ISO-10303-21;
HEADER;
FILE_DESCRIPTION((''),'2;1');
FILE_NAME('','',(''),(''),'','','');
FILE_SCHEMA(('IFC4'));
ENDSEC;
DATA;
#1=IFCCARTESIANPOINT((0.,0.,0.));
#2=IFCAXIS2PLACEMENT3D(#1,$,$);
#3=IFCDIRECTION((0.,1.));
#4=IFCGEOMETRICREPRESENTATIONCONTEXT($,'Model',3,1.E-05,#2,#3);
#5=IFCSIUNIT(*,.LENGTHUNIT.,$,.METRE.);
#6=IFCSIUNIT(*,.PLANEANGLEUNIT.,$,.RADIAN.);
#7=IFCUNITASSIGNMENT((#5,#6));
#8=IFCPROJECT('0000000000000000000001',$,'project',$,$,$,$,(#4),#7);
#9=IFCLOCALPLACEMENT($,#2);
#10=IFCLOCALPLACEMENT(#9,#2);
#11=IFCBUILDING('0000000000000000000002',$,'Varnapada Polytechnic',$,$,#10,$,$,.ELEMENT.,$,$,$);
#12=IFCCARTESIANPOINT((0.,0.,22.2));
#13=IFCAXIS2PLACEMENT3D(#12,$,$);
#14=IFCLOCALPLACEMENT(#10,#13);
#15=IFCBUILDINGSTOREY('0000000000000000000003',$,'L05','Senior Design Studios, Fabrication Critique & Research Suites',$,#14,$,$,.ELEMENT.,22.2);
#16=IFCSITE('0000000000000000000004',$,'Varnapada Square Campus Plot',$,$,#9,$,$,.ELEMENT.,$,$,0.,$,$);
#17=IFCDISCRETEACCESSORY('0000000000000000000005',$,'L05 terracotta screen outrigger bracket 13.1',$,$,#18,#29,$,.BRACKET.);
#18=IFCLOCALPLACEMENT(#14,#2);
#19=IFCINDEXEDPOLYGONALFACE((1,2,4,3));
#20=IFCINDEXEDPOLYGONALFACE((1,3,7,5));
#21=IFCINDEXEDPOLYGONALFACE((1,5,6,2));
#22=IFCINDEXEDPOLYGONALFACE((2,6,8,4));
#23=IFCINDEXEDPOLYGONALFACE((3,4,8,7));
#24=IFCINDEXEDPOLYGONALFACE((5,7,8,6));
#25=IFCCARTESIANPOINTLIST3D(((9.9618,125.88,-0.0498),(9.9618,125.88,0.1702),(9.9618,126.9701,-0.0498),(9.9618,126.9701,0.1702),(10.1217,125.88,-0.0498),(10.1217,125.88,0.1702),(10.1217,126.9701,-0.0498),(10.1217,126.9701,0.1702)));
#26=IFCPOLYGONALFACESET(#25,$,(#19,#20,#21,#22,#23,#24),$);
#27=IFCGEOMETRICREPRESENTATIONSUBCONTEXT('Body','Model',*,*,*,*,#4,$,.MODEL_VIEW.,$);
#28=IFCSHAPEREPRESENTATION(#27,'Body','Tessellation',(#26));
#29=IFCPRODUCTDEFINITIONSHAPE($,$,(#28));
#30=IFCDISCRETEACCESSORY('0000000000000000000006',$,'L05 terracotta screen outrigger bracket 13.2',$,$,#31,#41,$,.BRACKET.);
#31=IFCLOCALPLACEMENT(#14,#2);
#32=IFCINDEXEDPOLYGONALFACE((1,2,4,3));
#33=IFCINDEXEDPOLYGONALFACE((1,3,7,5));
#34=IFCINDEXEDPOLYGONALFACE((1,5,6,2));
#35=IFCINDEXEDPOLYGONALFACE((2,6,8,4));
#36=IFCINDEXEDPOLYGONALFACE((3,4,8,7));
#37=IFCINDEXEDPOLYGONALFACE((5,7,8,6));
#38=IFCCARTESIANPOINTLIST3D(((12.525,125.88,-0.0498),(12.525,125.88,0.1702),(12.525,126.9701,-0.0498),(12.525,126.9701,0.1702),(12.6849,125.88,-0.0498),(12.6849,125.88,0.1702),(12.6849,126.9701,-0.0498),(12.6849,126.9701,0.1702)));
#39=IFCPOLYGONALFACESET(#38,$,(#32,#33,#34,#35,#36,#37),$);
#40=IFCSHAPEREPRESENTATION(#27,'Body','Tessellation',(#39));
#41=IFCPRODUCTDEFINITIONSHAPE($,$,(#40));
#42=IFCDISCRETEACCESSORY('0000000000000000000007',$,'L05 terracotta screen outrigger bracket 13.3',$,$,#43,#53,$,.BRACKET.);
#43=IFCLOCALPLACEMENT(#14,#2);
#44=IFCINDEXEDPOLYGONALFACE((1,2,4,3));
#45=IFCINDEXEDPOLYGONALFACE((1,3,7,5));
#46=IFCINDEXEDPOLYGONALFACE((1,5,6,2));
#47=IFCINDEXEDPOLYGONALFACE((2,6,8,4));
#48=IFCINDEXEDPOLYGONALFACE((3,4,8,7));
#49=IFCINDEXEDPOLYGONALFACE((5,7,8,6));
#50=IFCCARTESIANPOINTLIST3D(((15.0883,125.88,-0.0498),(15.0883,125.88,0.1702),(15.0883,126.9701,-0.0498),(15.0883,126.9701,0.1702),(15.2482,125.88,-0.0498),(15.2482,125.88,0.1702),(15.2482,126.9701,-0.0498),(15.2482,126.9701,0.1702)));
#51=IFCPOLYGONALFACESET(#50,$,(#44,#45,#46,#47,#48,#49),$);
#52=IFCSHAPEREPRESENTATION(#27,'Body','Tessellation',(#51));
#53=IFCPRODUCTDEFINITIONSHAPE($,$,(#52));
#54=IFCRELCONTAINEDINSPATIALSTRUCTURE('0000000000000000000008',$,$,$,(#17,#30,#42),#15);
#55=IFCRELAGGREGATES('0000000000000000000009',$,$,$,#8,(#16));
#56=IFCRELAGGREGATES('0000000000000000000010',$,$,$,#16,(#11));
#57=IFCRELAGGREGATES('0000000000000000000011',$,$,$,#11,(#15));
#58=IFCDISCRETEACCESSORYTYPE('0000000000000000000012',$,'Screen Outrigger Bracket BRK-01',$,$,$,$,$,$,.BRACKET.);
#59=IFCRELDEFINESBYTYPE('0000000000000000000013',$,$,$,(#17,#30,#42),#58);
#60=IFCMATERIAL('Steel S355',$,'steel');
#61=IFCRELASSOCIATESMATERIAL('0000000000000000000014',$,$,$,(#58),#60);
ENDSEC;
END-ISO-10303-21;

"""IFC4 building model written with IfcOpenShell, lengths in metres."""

from ifc_helpers import new_model, si_unit, direction, frame, origin, origin_2d, place, context, subcontext, project, spatial, rectangle, extrude, material, type_object, element, save


model = new_model("IFC4")

# Units and contexts
model_context = context("Model", 3, precision=1e-05, world=origin(), true_north=direction((0.0, 1.0)))
body_context = subcontext(model_context, "Body", "Model", "MODEL_VIEW")
ifc_project = project(units=[si_unit("LENGTHUNIT", "METRE"), si_unit("PLANEANGLEUNIT", "RADIAN")], contexts=[model_context])

# Site, building, storey
site_placement = place(None, origin())
site = spatial("IfcSite", under=ifc_project, at=site_placement, Name="Varnapada Square Campus Plot", CompositionType="ELEMENT", RefElevation=0.0)
building_placement = place(site_placement, origin())
building = spatial("IfcBuilding", under=site, at=building_placement, Name="Varnapada Polytechnic", CompositionType="ELEMENT")
storey_placement = place(building_placement, frame((0.0, 0.0, 22.2)))
storey = spatial("IfcBuildingStorey", under=building, at=storey_placement, Name="L05", Description="Senior Design Studios, Fabrication Critique & Research Suites", CompositionType="ELEMENT", Elevation=22.2)

# Discrete accessories
ifc_material_1 = material(Name="Steel S355", Category="steel")
discrete_accessory_type = type_object("IfcDiscreteAccessoryType", Name="Screen Outrigger Bracket BRK-01", PredefinedType="BRACKET", material=ifc_material_1)
for number, where, z_axis, x_axis, name in (
    (1, (10.0417, 126.425, -0.0498), (0.0, 0.0, 1.0), (1.0, 0.0, 0.0), "L05 terracotta screen outrigger bracket 13.1"),
    (2, (12.605, 126.425, -0.0498), (0.0, 0.0, 1.0), (1.0, 0.0, 0.0), "L05 terracotta screen outrigger bracket 13.2"),
    (3, (15.1682, 126.425, -0.0498), (0.0, 0.0, 1.0), (1.0, 0.0, 0.0), "L05 terracotta screen outrigger bracket 13.3"),
):
    element("IfcDiscreteAccessory", number, at=place(storey_placement, frame(where, z_axis=z_axis, x_axis=x_axis)), inside=storey, type_object=discrete_accessory_type, Name=name, PredefinedType="BRACKET", context=body_context, shape_type="SweptSolid", body=[
        extrude(rectangle(XDim=0.1599, YDim=1.0901, at=origin_2d()), origin(), (0.0, 0.0, 1.0), 0.22),
    ])

save(model, "model.ifc")
